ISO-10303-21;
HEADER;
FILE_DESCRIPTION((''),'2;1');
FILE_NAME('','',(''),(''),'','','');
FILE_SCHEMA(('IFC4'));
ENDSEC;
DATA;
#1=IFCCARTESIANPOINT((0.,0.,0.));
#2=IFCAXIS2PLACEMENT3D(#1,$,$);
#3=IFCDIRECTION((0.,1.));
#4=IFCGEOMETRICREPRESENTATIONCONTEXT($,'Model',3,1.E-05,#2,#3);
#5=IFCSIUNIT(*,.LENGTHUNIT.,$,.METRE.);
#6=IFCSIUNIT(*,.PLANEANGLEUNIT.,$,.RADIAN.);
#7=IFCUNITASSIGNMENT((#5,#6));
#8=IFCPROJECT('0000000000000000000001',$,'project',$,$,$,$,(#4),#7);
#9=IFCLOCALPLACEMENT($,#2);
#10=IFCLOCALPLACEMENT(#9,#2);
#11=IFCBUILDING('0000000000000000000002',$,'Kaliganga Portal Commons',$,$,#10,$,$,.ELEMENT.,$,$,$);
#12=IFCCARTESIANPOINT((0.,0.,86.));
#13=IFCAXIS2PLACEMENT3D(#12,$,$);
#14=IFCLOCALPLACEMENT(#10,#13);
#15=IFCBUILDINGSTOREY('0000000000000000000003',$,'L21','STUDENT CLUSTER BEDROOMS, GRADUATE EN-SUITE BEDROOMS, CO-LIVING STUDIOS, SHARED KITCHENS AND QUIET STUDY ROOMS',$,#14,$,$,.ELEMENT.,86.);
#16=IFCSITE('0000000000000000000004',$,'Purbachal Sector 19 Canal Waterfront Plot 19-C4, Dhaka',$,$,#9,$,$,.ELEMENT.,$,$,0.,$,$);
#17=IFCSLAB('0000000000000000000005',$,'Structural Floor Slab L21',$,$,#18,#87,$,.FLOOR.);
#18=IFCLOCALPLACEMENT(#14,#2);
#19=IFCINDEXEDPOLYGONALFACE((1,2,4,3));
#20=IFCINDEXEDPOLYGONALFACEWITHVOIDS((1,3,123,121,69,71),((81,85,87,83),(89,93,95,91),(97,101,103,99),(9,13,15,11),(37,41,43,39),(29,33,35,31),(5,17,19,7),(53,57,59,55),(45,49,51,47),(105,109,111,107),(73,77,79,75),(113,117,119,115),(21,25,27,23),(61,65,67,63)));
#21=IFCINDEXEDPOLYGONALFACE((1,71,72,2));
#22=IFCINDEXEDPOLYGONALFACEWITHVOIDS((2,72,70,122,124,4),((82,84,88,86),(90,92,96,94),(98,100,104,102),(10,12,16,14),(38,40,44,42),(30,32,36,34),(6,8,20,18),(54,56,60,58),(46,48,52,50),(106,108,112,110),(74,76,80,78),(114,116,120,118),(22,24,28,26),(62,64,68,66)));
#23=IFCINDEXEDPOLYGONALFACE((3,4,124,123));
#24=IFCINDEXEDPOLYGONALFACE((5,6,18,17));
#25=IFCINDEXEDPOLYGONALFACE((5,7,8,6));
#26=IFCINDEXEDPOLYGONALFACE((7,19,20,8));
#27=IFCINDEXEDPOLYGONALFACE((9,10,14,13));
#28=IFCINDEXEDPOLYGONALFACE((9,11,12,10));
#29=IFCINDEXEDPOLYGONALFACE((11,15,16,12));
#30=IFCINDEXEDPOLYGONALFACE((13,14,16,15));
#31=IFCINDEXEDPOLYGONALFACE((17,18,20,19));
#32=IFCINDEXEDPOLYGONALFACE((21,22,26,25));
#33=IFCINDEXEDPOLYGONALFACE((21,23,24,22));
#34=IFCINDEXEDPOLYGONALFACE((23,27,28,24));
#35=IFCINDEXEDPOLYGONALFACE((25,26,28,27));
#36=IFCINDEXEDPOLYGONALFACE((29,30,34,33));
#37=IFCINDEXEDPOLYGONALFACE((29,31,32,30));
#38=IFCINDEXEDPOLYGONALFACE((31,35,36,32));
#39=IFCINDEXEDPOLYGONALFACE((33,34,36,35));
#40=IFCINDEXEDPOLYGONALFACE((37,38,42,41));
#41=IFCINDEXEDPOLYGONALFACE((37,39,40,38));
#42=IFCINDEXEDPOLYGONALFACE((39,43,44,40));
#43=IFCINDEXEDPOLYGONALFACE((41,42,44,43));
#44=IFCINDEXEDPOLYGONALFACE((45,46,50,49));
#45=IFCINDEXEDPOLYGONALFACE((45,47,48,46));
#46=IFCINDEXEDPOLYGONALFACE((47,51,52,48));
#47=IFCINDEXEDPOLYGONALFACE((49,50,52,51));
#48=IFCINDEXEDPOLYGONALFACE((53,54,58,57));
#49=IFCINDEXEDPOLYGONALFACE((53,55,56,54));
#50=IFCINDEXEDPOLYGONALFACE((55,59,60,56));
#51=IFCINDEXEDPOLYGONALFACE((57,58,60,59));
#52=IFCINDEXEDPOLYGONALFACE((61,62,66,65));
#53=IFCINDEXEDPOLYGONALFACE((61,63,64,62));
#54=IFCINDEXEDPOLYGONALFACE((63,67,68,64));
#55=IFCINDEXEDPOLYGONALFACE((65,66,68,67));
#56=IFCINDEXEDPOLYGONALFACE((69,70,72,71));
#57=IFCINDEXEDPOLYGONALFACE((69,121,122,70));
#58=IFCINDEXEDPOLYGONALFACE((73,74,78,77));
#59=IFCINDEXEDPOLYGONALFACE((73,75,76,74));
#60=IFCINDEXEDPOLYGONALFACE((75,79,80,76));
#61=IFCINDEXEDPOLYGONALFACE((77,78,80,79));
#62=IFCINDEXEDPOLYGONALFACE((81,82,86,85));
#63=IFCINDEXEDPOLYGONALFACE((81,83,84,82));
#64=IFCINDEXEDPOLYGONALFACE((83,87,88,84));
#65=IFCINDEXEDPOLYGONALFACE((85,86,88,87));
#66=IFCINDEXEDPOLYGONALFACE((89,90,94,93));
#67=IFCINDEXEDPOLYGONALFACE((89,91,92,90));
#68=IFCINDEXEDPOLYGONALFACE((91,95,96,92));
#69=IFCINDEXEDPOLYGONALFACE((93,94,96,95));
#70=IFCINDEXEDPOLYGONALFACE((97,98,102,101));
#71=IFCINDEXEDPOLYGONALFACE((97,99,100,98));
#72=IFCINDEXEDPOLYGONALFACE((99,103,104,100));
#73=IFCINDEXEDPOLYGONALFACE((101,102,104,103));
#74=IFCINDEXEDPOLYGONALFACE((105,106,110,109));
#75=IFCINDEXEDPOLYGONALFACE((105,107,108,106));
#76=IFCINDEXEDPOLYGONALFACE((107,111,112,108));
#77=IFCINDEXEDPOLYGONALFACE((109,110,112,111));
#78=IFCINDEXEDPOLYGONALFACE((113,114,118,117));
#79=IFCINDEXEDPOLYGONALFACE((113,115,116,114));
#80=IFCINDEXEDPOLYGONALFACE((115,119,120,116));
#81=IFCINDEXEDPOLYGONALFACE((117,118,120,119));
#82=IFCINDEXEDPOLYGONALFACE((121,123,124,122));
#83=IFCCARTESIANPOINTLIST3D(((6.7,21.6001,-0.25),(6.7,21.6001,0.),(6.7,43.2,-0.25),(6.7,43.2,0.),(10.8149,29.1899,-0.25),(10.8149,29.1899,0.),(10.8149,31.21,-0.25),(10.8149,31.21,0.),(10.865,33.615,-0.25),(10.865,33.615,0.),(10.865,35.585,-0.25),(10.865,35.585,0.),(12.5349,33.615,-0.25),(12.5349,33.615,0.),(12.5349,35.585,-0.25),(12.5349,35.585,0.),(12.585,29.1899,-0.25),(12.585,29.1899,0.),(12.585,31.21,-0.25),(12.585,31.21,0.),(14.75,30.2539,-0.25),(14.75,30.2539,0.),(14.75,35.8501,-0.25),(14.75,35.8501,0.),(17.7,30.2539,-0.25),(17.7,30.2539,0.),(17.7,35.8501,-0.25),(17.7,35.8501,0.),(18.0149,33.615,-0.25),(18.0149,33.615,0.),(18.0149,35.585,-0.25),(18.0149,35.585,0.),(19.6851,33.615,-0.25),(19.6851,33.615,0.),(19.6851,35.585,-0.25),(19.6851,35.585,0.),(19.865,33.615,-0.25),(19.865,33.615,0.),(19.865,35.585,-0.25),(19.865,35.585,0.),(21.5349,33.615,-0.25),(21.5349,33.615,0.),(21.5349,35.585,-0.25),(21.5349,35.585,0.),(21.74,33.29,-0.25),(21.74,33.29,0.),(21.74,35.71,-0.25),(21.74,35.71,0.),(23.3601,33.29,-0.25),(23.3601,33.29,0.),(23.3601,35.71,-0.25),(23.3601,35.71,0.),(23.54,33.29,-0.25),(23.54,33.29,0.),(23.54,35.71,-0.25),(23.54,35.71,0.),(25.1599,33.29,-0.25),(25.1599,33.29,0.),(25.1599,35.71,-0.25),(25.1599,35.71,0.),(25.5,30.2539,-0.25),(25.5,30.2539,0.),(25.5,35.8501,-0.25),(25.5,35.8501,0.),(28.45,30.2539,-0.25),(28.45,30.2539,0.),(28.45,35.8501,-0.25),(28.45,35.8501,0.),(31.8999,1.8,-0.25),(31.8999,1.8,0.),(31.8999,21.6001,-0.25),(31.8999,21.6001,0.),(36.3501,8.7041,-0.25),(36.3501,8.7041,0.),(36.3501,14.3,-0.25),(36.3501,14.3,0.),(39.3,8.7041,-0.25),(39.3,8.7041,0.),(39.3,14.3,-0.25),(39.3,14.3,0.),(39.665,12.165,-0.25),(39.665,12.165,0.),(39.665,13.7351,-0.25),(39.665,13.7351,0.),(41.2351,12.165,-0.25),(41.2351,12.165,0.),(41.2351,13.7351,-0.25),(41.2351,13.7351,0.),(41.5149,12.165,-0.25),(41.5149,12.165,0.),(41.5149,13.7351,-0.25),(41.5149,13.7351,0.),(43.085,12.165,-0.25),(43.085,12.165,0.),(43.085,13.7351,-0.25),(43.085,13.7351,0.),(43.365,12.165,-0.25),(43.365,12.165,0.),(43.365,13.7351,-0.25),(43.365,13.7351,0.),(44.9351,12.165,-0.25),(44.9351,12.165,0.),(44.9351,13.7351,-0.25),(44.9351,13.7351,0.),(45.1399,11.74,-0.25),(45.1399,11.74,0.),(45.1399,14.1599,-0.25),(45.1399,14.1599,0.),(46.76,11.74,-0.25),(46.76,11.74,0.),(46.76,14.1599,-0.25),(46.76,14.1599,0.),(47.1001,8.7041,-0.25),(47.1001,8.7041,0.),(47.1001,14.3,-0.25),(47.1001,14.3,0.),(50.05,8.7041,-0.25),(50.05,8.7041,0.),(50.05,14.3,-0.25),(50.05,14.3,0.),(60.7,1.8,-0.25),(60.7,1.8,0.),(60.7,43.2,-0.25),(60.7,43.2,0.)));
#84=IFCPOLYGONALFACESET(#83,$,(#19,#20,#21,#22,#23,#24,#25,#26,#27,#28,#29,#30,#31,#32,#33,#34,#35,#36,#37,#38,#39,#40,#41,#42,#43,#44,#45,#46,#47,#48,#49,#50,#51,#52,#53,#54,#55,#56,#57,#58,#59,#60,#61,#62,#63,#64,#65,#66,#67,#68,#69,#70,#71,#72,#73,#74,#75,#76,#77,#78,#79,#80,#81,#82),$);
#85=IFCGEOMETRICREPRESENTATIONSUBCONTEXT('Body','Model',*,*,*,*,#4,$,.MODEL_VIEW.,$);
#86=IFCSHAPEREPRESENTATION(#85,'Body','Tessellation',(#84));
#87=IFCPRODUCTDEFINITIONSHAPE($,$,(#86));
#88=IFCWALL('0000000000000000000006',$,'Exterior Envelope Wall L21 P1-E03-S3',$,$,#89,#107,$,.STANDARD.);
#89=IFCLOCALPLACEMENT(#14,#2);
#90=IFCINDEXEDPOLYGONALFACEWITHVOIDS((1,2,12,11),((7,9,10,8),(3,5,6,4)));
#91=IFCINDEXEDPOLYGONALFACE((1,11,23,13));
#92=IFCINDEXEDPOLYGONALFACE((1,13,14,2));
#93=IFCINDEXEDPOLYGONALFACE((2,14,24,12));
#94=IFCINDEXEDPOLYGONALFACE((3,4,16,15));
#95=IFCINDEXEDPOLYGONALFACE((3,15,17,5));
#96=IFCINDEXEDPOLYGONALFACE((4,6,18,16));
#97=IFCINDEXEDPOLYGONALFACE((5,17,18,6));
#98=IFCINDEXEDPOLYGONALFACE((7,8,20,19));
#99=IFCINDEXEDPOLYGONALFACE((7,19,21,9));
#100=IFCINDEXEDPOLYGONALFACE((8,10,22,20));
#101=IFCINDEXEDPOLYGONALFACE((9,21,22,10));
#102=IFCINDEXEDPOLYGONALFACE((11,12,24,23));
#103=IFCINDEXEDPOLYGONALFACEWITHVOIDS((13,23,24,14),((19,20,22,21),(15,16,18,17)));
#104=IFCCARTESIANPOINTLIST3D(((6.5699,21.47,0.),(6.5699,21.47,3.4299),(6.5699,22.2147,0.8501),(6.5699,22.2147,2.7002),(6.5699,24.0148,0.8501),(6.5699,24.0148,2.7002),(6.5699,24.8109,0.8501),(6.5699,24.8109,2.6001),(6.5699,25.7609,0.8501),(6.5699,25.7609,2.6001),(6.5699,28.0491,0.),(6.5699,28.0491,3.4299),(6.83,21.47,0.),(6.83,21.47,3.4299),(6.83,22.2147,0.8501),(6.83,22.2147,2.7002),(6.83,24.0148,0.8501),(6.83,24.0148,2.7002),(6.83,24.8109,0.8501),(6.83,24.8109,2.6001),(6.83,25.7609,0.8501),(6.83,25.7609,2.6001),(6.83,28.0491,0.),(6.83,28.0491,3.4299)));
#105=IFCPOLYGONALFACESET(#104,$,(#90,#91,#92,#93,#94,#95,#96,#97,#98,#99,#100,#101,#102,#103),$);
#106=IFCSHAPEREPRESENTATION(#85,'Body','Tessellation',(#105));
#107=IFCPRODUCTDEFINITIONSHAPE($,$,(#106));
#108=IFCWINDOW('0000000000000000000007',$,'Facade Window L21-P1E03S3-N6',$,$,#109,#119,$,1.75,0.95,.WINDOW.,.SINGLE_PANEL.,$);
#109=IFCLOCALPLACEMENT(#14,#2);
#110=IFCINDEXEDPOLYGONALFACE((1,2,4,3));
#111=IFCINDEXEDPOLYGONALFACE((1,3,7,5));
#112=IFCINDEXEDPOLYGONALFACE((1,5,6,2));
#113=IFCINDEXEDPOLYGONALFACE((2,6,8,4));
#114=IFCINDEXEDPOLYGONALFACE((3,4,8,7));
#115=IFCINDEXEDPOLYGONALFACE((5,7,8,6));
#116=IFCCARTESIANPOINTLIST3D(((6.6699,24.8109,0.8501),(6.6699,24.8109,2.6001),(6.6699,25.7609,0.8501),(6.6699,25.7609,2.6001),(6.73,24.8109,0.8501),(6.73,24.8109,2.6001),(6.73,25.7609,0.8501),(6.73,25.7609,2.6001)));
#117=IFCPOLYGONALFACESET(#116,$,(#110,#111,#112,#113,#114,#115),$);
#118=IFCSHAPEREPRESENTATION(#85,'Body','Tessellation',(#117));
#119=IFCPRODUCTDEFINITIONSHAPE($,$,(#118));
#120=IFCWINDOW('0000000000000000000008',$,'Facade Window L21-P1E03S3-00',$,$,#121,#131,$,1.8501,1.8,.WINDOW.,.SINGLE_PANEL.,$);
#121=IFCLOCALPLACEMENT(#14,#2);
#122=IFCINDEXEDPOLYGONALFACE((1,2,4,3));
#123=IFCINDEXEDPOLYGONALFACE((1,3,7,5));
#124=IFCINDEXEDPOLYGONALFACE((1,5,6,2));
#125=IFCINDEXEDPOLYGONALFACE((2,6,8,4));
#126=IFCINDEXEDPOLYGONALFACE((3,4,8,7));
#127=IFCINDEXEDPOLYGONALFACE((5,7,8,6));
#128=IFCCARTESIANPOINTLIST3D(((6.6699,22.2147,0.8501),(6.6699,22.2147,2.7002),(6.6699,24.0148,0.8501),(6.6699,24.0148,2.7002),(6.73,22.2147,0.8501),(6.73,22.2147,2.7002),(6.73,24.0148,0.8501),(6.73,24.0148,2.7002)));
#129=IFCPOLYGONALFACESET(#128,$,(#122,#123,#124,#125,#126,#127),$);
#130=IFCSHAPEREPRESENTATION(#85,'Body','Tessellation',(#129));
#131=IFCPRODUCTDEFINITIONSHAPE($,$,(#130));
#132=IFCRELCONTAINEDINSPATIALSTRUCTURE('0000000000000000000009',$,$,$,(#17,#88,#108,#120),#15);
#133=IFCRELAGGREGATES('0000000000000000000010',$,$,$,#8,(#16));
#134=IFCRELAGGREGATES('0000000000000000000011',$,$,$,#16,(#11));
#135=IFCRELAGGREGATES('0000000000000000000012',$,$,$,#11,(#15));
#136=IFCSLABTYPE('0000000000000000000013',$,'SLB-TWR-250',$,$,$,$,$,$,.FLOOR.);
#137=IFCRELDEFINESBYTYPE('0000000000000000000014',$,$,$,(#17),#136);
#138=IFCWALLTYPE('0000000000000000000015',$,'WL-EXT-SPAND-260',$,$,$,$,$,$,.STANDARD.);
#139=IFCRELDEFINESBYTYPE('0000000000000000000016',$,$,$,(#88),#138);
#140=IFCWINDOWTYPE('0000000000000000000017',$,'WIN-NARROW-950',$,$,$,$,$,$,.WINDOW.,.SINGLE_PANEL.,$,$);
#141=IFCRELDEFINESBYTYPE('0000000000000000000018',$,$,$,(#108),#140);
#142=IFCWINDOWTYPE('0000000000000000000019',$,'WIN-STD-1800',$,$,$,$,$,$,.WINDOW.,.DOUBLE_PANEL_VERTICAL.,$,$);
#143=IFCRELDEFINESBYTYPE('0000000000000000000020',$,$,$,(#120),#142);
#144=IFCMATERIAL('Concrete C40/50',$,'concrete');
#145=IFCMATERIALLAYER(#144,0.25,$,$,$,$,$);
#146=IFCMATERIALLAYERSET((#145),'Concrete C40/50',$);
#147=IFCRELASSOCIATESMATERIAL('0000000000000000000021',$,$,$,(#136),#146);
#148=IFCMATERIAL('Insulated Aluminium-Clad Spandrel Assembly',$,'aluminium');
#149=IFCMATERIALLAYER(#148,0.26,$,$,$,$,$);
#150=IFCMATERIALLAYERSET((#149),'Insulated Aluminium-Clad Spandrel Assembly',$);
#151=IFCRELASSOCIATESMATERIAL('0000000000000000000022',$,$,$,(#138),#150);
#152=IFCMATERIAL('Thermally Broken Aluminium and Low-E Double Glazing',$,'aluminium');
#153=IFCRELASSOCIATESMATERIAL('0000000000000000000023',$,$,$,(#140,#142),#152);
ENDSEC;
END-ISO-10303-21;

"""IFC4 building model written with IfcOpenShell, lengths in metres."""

from ifc_helpers import new_model, si_unit, direction, frame, frame_2d, origin, place, context, subcontext, project, spatial, polyline, rectangle, outline, extrude, material, layer, layer_set, type_object, element, fill, save


model = new_model("IFC4")

# Units and contexts
model_context = context("Model", 3, precision=1e-05, world=origin(), true_north=direction((0.0, 1.0)))
body_context = subcontext(model_context, "Body", "Model", "MODEL_VIEW")
ifc_project = project(units=[si_unit("LENGTHUNIT", "METRE"), si_unit("PLANEANGLEUNIT", "RADIAN")], contexts=[model_context])

# Site, building, storey
site_placement = place(None, origin())
site = spatial("IfcSite", under=ifc_project, at=site_placement, Name="Purbachal Sector 19 Canal Waterfront Plot 19-C4, Dhaka", CompositionType="ELEMENT", RefElevation=0.0)
building_placement = place(site_placement, origin())
building = spatial("IfcBuilding", under=site, at=building_placement, Name="Kaliganga Portal Commons", CompositionType="ELEMENT")
storey_placement = place(building_placement, frame((0.0, 0.0, 86.0)))
storey = spatial("IfcBuildingStorey", under=building, at=storey_placement, Name="L21", Description="STUDENT CLUSTER BEDROOMS, GRADUATE EN-SUITE BEDROOMS, CO-LIVING STUDIOS, SHARED KITCHENS AND QUIET STUDY ROOMS", CompositionType="ELEMENT", Elevation=86.0)

# Shared definitions
ifc_material_1 = material(Name="Concrete C40/50", Category="concrete")

# Slab
ifc_layer_1 = layer(ifc_material_1, 0.25)
ifc_layer_set_1 = layer_set([ifc_layer_1], Name="Concrete C40/50")
slab_type_1 = type_object("IfcSlabType", Name="SLB-TWR-250", PredefinedType="FLOOR", material=ifc_layer_set_1)
slab_1_placement = place(storey_placement, frame((0.0, 0.0, -0.25)))
element("IfcSlab", 1, at=slab_1_placement, inside=storey, type_object=slab_type_1, Name="Structural Floor Slab L21", PredefinedType="FLOOR", context=body_context, shape_type="SweptSolid", body=[
    extrude(outline(polyline([(31.8999, 1.8), (60.7, 1.8), (60.7, 43.2), (6.7, 43.2), (6.7, 21.6001), (31.8999, 21.6001), (31.8999, 1.8)]), holes=[polyline([(14.75, 30.2539), (14.75, 35.8501), (17.7, 35.8501), (17.7, 30.2539), (14.75, 30.2539)]), polyline([(25.5, 30.2539), (25.5, 35.8501), (28.45, 35.8501), (28.45, 30.2539), (25.5, 30.2539)]), polyline([(36.3501, 8.7041), (36.3501, 14.3), (39.3, 14.3), (39.3, 8.7041), (36.3501, 8.7041)]), polyline([(47.1001, 8.7041), (47.1001, 14.3), (50.05, 14.3), (50.05, 8.7041), (47.1001, 8.7041)]), polyline([(18.0149, 33.615), (18.0149, 35.585), (19.6851, 35.585), (19.6851, 33.615), (18.0149, 33.615)]), polyline([(19.865, 33.615), (19.865, 35.585), (21.5349, 35.585), (21.5349, 33.615), (19.865, 33.615)]), polyline([(10.8149, 29.1899), (10.8149, 31.21), (12.585, 31.21), (12.585, 29.1899), (10.8149, 29.1899)]), polyline([(10.865, 33.615), (10.865, 35.585), (12.5349, 35.585), (12.5349, 33.615), (10.865, 33.615)]), polyline([(21.74, 33.29), (21.74, 35.71), (23.3601, 35.71), (23.3601, 33.29), (21.74, 33.29)]), polyline([(23.54, 33.29), (23.54, 35.71), (25.1599, 35.71), (25.1599, 33.29), (23.54, 33.29)]), polyline([(39.665, 12.165), (39.665, 13.7351), (41.2351, 13.7351), (41.2351, 12.165), (39.665, 12.165)]), polyline([(41.5149, 12.165), (41.5149, 13.7351), (43.085, 13.7351), (43.085, 12.165), (41.5149, 12.165)]), polyline([(43.365, 12.165), (43.365, 13.7351), (44.9351, 13.7351), (44.9351, 12.165), (43.365, 12.165)]), polyline([(45.1399, 11.74), (45.1399, 14.1599), (46.76, 14.1599), (46.76, 11.74), (45.1399, 11.74)])]), origin(), (0.0, 0.0, 1.0), 0.25),
])

# Wall, openings, windows
ifc_material_2 = material(Name="Insulated Aluminium-Clad Spandrel Assembly", Category="aluminium")
ifc_layer_2 = layer(ifc_material_2, 0.26)
ifc_layer_set_2 = layer_set([ifc_layer_2], Name="Insulated Aluminium-Clad Spandrel Assembly")
wall_type_1 = type_object("IfcWallType", Name="WL-EXT-SPAND-260", PredefinedType="STANDARD", material=ifc_layer_set_2)
wall_1_placement = place(storey_placement, frame((6.7, 21.47, 0.0), z_axis=(0.0, 0.0, 1.0), x_axis=(0.0, 1.0, 0.0)))
wall_1 = element("IfcWall", 2, at=wall_1_placement, inside=storey, type_object=wall_type_1, Name="Exterior Envelope Wall L21 P1-E03-S3", PredefinedType="STANDARD", context=body_context, shape_type="SweptSolid", body=[
    extrude(rectangle(XDim=6.5791, YDim=0.26, at=frame_2d((3.2896, 0.0))), origin(), (0.0, 0.0, 1.0), 3.4299),
])
opening_1_placement = place(wall_1_placement, frame((0.7449, 0.0, 0.8501)))
opening_1 = element("IfcOpeningElement", 3, at=opening_1_placement, cuts=wall_1, PredefinedType="OPENING", context=body_context, shape_type="SweptSolid", body=[
    extrude(rectangle(XDim=1.8, YDim=1.8501, at=frame_2d((0.8999, 0.925))), frame((0.0, 0.1401, 0.0), z_axis=(0.0, -1.0, 0.0), x_axis=(1.0, 0.0, 0.0)), (0.0, 0.0, 1.0), 0.28),
])
opening_2_placement = place(wall_1_placement, frame((3.3408, 0.0, 0.8501)))
opening_2 = element("IfcOpeningElement", 4, at=opening_2_placement, cuts=wall_1, PredefinedType="OPENING", context=body_context, shape_type="SweptSolid", body=[
    extrude(rectangle(XDim=0.95, YDim=1.75, at=frame_2d((0.4751, 0.875))), frame((0.0, 0.1401, 0.0), z_axis=(0.0, -1.0, 0.0), x_axis=(1.0, 0.0, 0.0)), (0.0, 0.0, 1.0), 0.28),
])
ifc_material_3 = material(Name="Thermally Broken Aluminium and Low-E Double Glazing", Category="aluminium")
window_type_1 = type_object("IfcWindowType", Name="WIN-NARROW-950", PartitioningType="SINGLE_PANEL", PredefinedType="WINDOW", material=ifc_material_3)
window_1_placement = place(opening_2_placement, origin())
window_1 = element("IfcWindow", 5, at=window_1_placement, inside=storey, type_object=window_type_1, Name="Facade Window L21-P1E03S3-N6", OverallHeight=1.75, OverallWidth=0.95, PartitioningType="SINGLE_PANEL", PredefinedType="WINDOW", context=body_context, shape_type="SweptSolid", body=[
    extrude(rectangle(XDim=0.95, YDim=1.75, at=frame_2d((0.4751, 0.875))), frame((0.0, 0.03, 0.0), z_axis=(0.0, -1.0, 0.0), x_axis=(1.0, 0.0, 0.0)), (0.0, 0.0, 1.0), 0.0601),
])
fill(opening_2, window_1)
window_type_2 = type_object("IfcWindowType", Name="WIN-STD-1800", PartitioningType="DOUBLE_PANEL_VERTICAL", PredefinedType="WINDOW", material=ifc_material_3)
window_2_placement = place(opening_1_placement, origin())
window_2 = element("IfcWindow", 6, at=window_2_placement, inside=storey, type_object=window_type_2, Name="Facade Window L21-P1E03S3-00", OverallHeight=1.8501, OverallWidth=1.8, PartitioningType="SINGLE_PANEL", PredefinedType="WINDOW", context=body_context, shape_type="SweptSolid", body=[
    extrude(rectangle(XDim=1.8, YDim=1.8501, at=frame_2d((0.8999, 0.925))), frame((0.0, 0.03, 0.0), z_axis=(0.0, -1.0, 0.0), x_axis=(1.0, 0.0, 0.0)), (0.0, 0.0, 1.0), 0.0601),
])
fill(opening_1, window_2)

save(model, "model.ifc")
